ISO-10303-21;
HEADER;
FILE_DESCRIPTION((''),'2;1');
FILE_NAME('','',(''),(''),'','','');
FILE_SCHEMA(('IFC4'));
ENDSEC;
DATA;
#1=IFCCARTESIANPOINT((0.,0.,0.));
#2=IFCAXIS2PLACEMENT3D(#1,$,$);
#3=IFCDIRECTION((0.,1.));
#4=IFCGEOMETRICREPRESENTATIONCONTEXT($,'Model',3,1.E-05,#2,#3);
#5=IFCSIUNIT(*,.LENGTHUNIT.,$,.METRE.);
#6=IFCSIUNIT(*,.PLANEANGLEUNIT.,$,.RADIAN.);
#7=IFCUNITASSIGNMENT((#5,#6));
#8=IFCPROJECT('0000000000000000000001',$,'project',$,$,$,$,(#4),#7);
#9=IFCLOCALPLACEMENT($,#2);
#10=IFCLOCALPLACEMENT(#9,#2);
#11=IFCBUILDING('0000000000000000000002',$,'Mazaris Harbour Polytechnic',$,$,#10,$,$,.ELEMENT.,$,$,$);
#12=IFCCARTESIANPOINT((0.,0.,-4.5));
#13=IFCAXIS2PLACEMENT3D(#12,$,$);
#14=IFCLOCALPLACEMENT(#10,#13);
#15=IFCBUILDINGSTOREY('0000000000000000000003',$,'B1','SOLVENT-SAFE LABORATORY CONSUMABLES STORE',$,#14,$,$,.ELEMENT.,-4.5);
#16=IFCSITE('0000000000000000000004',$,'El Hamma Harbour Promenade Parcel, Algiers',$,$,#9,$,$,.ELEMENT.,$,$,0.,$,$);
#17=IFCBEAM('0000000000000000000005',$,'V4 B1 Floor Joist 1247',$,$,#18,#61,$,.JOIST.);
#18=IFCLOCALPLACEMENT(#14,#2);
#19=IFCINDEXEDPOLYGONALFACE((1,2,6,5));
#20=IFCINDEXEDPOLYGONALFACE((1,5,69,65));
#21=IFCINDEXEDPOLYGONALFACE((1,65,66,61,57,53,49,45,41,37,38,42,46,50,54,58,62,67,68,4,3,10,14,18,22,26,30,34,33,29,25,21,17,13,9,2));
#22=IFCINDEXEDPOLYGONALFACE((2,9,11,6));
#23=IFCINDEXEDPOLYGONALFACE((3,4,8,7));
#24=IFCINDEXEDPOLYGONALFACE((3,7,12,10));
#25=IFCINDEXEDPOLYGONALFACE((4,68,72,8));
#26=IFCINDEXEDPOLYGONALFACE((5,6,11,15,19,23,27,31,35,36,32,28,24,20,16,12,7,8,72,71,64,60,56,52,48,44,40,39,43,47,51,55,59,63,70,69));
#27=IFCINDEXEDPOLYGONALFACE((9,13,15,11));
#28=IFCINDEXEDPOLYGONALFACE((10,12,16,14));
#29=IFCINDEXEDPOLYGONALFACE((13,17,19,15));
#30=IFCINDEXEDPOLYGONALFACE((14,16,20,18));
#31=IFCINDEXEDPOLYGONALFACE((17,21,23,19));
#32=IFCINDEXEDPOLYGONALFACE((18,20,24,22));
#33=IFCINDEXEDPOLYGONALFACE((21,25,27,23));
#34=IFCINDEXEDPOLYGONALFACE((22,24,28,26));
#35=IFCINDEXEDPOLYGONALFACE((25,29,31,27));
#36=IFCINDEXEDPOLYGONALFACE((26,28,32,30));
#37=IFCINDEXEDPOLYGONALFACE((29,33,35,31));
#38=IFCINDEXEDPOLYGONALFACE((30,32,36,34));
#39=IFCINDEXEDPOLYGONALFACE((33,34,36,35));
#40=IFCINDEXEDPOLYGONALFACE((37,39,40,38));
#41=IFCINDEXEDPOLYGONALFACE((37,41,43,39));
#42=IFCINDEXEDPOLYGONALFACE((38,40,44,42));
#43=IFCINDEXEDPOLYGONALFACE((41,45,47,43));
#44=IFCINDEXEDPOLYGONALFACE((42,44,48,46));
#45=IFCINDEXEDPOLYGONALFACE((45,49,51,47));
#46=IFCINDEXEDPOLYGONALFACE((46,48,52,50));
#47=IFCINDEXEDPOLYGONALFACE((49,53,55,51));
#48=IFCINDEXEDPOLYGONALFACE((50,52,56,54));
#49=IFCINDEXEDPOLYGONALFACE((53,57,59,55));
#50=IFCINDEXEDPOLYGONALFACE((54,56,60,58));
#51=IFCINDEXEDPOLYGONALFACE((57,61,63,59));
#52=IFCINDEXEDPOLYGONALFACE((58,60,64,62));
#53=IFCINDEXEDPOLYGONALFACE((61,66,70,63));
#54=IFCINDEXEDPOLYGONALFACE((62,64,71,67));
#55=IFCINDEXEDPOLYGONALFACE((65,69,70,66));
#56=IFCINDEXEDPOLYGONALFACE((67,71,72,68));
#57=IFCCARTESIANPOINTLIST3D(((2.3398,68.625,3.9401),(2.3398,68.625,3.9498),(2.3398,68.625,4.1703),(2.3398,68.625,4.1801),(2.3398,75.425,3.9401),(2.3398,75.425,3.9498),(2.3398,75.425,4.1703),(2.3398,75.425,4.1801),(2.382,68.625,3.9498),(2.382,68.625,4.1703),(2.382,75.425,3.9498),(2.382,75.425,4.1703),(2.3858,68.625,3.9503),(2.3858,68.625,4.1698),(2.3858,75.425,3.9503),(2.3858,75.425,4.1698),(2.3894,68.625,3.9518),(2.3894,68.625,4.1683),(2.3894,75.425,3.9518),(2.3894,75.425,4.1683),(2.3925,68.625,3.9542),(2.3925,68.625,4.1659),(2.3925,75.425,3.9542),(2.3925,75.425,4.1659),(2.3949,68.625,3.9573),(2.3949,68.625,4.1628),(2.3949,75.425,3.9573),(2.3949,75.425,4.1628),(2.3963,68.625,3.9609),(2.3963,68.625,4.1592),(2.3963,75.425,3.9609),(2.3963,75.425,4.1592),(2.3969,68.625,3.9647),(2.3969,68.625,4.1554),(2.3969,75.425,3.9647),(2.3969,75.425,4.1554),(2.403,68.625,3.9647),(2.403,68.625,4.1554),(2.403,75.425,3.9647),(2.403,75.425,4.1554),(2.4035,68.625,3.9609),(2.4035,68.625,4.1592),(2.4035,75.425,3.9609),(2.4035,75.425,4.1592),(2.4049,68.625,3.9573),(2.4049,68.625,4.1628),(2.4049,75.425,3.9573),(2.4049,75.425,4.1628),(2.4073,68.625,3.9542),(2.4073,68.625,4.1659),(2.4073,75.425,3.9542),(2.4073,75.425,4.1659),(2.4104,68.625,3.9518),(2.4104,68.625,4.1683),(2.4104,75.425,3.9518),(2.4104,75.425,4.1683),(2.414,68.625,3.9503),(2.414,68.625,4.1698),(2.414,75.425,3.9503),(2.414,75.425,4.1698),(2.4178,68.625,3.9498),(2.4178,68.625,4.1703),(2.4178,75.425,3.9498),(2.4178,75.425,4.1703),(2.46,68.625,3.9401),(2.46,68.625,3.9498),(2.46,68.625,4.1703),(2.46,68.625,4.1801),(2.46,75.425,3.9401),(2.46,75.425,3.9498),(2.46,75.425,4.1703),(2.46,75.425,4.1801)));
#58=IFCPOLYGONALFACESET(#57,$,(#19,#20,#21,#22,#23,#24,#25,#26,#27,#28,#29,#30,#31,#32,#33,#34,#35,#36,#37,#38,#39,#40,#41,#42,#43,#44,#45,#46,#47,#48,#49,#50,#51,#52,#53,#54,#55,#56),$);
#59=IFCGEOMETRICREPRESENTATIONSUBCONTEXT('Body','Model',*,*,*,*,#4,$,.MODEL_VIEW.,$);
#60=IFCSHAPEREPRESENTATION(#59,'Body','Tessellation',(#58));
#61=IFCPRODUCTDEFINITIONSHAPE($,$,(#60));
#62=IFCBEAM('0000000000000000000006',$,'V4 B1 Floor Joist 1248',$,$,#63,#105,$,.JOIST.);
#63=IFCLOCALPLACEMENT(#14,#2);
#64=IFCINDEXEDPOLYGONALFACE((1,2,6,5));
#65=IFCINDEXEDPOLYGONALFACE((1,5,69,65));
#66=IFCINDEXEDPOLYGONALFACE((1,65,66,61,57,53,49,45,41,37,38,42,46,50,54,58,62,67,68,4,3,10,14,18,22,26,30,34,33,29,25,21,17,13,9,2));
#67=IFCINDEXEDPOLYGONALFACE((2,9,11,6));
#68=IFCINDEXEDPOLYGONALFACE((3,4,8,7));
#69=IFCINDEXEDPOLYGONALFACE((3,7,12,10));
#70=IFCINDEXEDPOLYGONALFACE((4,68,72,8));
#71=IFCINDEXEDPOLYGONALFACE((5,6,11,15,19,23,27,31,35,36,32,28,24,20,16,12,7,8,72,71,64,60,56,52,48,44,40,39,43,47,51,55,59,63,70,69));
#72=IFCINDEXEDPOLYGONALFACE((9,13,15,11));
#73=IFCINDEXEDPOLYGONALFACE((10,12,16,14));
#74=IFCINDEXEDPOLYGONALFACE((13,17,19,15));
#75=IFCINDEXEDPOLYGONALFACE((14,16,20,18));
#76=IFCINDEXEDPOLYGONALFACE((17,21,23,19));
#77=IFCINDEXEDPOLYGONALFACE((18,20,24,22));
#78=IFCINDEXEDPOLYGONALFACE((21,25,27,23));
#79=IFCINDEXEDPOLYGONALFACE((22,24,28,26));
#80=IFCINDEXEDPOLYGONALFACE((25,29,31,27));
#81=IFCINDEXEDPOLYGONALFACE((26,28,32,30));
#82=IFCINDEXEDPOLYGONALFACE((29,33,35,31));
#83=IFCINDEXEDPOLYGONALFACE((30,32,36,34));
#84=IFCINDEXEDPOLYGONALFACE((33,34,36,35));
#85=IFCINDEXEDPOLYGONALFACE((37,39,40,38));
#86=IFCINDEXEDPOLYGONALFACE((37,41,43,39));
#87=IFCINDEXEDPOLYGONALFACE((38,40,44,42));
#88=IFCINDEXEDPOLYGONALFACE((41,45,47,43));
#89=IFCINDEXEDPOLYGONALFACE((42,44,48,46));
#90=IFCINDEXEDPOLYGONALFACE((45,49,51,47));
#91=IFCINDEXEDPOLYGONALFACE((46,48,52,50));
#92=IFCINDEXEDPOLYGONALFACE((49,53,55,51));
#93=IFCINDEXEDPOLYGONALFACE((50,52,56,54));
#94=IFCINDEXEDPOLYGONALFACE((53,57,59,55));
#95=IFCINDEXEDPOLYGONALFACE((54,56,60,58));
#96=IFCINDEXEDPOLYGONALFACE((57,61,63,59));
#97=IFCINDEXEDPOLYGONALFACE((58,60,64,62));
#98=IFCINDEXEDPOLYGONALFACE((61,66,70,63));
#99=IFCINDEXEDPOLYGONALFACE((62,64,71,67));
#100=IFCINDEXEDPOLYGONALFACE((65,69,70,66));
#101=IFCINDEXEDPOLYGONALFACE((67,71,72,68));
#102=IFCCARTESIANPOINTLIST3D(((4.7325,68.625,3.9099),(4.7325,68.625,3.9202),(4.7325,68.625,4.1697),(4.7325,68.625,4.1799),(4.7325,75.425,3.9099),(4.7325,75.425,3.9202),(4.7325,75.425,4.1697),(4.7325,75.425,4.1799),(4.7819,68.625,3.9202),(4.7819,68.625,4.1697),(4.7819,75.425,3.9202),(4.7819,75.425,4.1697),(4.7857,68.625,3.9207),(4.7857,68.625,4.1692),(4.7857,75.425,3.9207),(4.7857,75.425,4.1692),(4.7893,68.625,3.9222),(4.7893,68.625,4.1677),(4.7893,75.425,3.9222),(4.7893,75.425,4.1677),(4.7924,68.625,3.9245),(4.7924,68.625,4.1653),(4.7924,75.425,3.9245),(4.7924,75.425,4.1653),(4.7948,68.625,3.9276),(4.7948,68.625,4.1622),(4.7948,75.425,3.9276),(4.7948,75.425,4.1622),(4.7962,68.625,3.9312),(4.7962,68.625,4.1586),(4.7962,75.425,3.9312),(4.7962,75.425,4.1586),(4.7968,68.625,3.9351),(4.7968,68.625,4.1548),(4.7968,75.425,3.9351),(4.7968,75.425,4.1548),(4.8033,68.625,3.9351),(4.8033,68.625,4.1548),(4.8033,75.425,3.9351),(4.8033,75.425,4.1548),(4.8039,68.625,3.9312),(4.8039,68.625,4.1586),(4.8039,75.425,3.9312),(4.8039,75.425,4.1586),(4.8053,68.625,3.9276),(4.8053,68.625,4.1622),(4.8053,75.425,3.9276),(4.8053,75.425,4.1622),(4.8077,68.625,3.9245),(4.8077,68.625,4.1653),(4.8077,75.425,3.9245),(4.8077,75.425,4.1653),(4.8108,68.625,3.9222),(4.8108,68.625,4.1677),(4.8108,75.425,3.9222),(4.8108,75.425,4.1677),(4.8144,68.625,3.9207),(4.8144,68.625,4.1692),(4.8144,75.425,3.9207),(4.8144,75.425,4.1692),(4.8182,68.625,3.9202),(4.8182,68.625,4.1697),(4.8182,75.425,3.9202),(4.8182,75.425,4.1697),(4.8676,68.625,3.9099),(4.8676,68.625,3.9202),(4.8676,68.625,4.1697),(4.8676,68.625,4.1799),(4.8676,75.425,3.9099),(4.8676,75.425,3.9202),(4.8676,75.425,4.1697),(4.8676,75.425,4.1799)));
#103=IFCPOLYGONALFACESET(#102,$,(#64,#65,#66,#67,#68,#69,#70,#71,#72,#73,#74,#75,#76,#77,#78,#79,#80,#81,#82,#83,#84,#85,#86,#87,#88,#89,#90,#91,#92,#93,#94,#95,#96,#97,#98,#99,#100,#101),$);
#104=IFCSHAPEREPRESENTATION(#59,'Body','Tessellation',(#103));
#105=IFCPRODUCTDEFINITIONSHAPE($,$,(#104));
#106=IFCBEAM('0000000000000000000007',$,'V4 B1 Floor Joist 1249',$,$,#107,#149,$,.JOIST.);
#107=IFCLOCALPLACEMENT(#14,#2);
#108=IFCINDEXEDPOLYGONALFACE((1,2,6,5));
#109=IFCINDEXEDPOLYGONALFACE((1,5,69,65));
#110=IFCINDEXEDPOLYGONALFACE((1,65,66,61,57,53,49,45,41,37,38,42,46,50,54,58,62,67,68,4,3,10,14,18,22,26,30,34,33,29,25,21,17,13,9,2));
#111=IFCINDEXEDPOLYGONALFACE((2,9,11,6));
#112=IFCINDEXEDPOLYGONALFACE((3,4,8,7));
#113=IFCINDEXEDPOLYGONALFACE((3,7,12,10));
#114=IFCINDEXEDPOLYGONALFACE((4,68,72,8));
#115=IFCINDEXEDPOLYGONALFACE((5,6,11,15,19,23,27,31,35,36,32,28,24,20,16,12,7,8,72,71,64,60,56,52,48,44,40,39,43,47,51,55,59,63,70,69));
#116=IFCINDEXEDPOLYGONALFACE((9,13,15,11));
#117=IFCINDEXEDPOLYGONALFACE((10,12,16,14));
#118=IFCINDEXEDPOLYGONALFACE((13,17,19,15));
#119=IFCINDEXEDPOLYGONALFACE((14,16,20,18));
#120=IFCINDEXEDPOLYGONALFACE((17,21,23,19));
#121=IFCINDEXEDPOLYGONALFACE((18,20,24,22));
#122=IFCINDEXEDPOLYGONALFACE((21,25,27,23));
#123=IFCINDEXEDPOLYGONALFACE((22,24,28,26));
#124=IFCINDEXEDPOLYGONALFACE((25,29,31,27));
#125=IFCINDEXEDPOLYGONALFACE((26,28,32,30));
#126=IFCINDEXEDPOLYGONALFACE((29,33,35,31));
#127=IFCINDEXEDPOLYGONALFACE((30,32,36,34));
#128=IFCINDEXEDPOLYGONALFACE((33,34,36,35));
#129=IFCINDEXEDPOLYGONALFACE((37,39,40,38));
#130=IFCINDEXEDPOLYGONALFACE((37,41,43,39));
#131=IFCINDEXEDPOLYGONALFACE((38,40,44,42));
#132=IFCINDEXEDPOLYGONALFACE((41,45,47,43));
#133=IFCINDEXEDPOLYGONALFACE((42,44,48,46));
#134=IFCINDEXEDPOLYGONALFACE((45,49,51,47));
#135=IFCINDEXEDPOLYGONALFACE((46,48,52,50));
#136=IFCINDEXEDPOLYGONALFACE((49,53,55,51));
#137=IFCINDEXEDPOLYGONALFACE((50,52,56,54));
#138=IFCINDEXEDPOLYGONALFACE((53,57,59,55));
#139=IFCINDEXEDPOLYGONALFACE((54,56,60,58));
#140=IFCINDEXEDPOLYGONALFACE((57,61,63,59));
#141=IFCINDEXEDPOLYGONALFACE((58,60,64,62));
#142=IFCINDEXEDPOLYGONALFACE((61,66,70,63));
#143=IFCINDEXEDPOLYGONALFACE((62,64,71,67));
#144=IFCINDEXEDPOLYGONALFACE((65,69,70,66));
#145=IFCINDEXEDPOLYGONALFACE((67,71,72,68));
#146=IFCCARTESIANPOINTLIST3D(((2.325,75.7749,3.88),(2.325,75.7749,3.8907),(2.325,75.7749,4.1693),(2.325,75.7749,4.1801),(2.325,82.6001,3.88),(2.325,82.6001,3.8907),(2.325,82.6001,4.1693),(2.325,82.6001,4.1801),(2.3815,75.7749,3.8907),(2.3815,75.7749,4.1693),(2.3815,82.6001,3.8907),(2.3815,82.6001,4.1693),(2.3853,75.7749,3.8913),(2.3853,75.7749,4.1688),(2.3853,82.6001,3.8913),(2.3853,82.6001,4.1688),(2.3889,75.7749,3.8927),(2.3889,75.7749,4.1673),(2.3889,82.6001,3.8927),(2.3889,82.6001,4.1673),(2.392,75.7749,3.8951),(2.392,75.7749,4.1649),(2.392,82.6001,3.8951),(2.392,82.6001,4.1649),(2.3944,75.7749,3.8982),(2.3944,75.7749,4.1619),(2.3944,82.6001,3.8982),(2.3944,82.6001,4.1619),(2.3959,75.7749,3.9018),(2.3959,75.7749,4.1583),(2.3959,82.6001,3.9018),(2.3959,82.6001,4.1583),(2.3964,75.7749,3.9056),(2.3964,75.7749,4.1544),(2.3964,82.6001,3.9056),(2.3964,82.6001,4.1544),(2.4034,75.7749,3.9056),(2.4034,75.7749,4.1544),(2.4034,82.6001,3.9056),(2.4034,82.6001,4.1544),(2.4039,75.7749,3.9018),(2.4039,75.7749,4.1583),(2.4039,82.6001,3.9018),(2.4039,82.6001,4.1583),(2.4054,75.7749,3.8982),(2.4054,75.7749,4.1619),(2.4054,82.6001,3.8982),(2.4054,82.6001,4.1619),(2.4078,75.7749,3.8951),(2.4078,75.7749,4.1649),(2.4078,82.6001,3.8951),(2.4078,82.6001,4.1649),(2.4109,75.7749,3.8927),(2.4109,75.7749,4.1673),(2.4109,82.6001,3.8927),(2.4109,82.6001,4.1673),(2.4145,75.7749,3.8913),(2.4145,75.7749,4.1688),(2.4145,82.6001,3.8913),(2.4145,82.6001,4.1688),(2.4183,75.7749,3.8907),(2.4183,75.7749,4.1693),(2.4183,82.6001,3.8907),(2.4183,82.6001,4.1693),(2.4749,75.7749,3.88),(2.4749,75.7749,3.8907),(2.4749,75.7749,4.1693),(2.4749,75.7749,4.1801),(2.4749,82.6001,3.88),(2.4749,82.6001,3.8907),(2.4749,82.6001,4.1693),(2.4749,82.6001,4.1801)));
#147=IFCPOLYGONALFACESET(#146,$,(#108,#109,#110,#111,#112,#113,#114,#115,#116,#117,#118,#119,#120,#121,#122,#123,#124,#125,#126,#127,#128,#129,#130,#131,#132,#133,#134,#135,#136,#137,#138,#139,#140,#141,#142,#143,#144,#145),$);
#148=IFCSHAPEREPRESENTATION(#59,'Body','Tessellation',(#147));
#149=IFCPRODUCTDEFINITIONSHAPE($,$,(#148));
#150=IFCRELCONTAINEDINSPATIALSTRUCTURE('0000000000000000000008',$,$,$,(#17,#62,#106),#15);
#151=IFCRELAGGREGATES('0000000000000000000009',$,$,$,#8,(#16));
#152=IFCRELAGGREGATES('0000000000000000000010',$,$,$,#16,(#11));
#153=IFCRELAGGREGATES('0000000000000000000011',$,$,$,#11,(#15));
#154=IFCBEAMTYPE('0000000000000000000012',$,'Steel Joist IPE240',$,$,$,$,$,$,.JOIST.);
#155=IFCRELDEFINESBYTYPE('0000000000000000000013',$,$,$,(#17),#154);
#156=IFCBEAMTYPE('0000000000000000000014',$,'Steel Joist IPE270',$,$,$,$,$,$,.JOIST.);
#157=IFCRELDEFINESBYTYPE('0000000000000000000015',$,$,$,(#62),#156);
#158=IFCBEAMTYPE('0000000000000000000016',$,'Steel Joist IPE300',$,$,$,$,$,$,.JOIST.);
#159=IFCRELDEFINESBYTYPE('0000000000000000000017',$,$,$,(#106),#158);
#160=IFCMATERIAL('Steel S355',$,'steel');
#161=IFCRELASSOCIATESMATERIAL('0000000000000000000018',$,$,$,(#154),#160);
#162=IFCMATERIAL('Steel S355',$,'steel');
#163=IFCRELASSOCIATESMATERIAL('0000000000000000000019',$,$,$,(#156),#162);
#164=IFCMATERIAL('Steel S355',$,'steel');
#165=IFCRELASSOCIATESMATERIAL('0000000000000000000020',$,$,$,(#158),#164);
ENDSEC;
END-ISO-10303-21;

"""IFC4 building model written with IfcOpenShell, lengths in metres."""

from ifc_helpers import new_model, si_unit, direction, frame, origin, origin_2d, place, context, subcontext, project, spatial, i_section, extrude, material, material_profile, profile_set, type_object, element, save


model = new_model("IFC4")

# Units and contexts
model_context = context("Model", 3, precision=1e-05, world=origin(), true_north=direction((0.0, 1.0)))
body_context = subcontext(model_context, "Body", "Model", "MODEL_VIEW")
ifc_project = project(units=[si_unit("LENGTHUNIT", "METRE"), si_unit("PLANEANGLEUNIT", "RADIAN")], contexts=[model_context])

# Site, building, storey
site_placement = place(None, origin())
site = spatial("IfcSite", under=ifc_project, at=site_placement, Name="El Hamma Harbour Promenade Parcel, Algiers", CompositionType="ELEMENT", RefElevation=0.0)
building_placement = place(site_placement, origin())
building = spatial("IfcBuilding", under=site, at=building_placement, Name="Mazaris Harbour Polytechnic", CompositionType="ELEMENT")
storey_placement = place(building_placement, frame((0.0, 0.0, -4.5)))
storey = spatial("IfcBuildingStorey", under=building, at=storey_placement, Name="B1", Description="SOLVENT-SAFE LABORATORY CONSUMABLES STORE", CompositionType="ELEMENT", Elevation=-4.5)

# Beams
ifc_material_1 = material(Name="Steel S355", Category="steel")
ifc_material_profile_1 = material_profile(ifc_material_1, i_section(OverallWidth=0.1201, OverallDepth=0.24, WebThickness=0.0061, FlangeThickness=0.0098, FilletRadius=0.0149, at=origin_2d()), Name="IPE 240")
ifc_profile_set_1 = profile_set([ifc_material_profile_1], Name="Steel S355")
beam_type_1 = type_object("IfcBeamType", Name="Steel Joist IPE240", PredefinedType="JOIST", material=ifc_profile_set_1)
beam_1_placement = place(storey_placement, frame((2.3999, 68.625, 4.0601), z_axis=(0.0, 1.0, 0.0), x_axis=(-1.0, 0.0, 0.0)))
element("IfcBeam", 1, at=beam_1_placement, inside=storey, type_object=beam_type_1, Name="V4 B1 Floor Joist 1247", PredefinedType="JOIST", context=body_context, shape_type="SweptSolid", body=[
    extrude(i_section(OverallWidth=0.1201, OverallDepth=0.24, WebThickness=0.0061, FlangeThickness=0.0098, FilletRadius=0.0149, at=origin_2d()), origin(), (0.0, 0.0, 1.0), 6.8),
])
ifc_material_2 = material(Name="Steel S355", Category="steel")
ifc_material_profile_2 = material_profile(ifc_material_2, i_section(OverallWidth=0.135, OverallDepth=0.27, WebThickness=0.0066, FlangeThickness=0.0103, FilletRadius=0.0149, at=origin_2d()), Name="IPE 270")
ifc_profile_set_2 = profile_set([ifc_material_profile_2], Name="Steel S355")
beam_type_2 = type_object("IfcBeamType", Name="Steel Joist IPE270", PredefinedType="JOIST", material=ifc_profile_set_2)
beam_2_placement = place(storey_placement, frame((4.8, 68.625, 4.0449), z_axis=(0.0, 1.0, 0.0), x_axis=(-1.0, 0.0, 0.0)))
element("IfcBeam", 2, at=beam_2_placement, inside=storey, type_object=beam_type_2, Name="V4 B1 Floor Joist 1248", PredefinedType="JOIST", context=body_context, shape_type="SweptSolid", body=[
    extrude(i_section(OverallWidth=0.135, OverallDepth=0.27, WebThickness=0.0066, FlangeThickness=0.0103, FilletRadius=0.0149, at=origin_2d()), origin(), (0.0, 0.0, 1.0), 6.8),
])
ifc_material_3 = material(Name="Steel S355", Category="steel")
ifc_material_profile_3 = material_profile(ifc_material_3, i_section(OverallWidth=0.1499, OverallDepth=0.3, WebThickness=0.0071, FlangeThickness=0.0107, FilletRadius=0.0149, at=origin_2d()), Name="IPE 300")
ifc_profile_set_3 = profile_set([ifc_material_profile_3], Name="Steel S355")
beam_type_3 = type_object("IfcBeamType", Name="Steel Joist IPE300", PredefinedType="JOIST", material=ifc_profile_set_3)
beam_3_placement = place(storey_placement, frame((2.3999, 75.7749, 4.03), z_axis=(0.0, 1.0, 0.0), x_axis=(-1.0, 0.0, 0.0)))
element("IfcBeam", 3, at=beam_3_placement, inside=storey, type_object=beam_type_3, Name="V4 B1 Floor Joist 1249", PredefinedType="JOIST", context=body_context, shape_type="SweptSolid", body=[
    extrude(i_section(OverallWidth=0.1499, OverallDepth=0.3, WebThickness=0.0071, FlangeThickness=0.0107, FilletRadius=0.0149, at=origin_2d()), origin(), (0.0, 0.0, 1.0), 6.8252),
])

save(model, "model.ifc")
